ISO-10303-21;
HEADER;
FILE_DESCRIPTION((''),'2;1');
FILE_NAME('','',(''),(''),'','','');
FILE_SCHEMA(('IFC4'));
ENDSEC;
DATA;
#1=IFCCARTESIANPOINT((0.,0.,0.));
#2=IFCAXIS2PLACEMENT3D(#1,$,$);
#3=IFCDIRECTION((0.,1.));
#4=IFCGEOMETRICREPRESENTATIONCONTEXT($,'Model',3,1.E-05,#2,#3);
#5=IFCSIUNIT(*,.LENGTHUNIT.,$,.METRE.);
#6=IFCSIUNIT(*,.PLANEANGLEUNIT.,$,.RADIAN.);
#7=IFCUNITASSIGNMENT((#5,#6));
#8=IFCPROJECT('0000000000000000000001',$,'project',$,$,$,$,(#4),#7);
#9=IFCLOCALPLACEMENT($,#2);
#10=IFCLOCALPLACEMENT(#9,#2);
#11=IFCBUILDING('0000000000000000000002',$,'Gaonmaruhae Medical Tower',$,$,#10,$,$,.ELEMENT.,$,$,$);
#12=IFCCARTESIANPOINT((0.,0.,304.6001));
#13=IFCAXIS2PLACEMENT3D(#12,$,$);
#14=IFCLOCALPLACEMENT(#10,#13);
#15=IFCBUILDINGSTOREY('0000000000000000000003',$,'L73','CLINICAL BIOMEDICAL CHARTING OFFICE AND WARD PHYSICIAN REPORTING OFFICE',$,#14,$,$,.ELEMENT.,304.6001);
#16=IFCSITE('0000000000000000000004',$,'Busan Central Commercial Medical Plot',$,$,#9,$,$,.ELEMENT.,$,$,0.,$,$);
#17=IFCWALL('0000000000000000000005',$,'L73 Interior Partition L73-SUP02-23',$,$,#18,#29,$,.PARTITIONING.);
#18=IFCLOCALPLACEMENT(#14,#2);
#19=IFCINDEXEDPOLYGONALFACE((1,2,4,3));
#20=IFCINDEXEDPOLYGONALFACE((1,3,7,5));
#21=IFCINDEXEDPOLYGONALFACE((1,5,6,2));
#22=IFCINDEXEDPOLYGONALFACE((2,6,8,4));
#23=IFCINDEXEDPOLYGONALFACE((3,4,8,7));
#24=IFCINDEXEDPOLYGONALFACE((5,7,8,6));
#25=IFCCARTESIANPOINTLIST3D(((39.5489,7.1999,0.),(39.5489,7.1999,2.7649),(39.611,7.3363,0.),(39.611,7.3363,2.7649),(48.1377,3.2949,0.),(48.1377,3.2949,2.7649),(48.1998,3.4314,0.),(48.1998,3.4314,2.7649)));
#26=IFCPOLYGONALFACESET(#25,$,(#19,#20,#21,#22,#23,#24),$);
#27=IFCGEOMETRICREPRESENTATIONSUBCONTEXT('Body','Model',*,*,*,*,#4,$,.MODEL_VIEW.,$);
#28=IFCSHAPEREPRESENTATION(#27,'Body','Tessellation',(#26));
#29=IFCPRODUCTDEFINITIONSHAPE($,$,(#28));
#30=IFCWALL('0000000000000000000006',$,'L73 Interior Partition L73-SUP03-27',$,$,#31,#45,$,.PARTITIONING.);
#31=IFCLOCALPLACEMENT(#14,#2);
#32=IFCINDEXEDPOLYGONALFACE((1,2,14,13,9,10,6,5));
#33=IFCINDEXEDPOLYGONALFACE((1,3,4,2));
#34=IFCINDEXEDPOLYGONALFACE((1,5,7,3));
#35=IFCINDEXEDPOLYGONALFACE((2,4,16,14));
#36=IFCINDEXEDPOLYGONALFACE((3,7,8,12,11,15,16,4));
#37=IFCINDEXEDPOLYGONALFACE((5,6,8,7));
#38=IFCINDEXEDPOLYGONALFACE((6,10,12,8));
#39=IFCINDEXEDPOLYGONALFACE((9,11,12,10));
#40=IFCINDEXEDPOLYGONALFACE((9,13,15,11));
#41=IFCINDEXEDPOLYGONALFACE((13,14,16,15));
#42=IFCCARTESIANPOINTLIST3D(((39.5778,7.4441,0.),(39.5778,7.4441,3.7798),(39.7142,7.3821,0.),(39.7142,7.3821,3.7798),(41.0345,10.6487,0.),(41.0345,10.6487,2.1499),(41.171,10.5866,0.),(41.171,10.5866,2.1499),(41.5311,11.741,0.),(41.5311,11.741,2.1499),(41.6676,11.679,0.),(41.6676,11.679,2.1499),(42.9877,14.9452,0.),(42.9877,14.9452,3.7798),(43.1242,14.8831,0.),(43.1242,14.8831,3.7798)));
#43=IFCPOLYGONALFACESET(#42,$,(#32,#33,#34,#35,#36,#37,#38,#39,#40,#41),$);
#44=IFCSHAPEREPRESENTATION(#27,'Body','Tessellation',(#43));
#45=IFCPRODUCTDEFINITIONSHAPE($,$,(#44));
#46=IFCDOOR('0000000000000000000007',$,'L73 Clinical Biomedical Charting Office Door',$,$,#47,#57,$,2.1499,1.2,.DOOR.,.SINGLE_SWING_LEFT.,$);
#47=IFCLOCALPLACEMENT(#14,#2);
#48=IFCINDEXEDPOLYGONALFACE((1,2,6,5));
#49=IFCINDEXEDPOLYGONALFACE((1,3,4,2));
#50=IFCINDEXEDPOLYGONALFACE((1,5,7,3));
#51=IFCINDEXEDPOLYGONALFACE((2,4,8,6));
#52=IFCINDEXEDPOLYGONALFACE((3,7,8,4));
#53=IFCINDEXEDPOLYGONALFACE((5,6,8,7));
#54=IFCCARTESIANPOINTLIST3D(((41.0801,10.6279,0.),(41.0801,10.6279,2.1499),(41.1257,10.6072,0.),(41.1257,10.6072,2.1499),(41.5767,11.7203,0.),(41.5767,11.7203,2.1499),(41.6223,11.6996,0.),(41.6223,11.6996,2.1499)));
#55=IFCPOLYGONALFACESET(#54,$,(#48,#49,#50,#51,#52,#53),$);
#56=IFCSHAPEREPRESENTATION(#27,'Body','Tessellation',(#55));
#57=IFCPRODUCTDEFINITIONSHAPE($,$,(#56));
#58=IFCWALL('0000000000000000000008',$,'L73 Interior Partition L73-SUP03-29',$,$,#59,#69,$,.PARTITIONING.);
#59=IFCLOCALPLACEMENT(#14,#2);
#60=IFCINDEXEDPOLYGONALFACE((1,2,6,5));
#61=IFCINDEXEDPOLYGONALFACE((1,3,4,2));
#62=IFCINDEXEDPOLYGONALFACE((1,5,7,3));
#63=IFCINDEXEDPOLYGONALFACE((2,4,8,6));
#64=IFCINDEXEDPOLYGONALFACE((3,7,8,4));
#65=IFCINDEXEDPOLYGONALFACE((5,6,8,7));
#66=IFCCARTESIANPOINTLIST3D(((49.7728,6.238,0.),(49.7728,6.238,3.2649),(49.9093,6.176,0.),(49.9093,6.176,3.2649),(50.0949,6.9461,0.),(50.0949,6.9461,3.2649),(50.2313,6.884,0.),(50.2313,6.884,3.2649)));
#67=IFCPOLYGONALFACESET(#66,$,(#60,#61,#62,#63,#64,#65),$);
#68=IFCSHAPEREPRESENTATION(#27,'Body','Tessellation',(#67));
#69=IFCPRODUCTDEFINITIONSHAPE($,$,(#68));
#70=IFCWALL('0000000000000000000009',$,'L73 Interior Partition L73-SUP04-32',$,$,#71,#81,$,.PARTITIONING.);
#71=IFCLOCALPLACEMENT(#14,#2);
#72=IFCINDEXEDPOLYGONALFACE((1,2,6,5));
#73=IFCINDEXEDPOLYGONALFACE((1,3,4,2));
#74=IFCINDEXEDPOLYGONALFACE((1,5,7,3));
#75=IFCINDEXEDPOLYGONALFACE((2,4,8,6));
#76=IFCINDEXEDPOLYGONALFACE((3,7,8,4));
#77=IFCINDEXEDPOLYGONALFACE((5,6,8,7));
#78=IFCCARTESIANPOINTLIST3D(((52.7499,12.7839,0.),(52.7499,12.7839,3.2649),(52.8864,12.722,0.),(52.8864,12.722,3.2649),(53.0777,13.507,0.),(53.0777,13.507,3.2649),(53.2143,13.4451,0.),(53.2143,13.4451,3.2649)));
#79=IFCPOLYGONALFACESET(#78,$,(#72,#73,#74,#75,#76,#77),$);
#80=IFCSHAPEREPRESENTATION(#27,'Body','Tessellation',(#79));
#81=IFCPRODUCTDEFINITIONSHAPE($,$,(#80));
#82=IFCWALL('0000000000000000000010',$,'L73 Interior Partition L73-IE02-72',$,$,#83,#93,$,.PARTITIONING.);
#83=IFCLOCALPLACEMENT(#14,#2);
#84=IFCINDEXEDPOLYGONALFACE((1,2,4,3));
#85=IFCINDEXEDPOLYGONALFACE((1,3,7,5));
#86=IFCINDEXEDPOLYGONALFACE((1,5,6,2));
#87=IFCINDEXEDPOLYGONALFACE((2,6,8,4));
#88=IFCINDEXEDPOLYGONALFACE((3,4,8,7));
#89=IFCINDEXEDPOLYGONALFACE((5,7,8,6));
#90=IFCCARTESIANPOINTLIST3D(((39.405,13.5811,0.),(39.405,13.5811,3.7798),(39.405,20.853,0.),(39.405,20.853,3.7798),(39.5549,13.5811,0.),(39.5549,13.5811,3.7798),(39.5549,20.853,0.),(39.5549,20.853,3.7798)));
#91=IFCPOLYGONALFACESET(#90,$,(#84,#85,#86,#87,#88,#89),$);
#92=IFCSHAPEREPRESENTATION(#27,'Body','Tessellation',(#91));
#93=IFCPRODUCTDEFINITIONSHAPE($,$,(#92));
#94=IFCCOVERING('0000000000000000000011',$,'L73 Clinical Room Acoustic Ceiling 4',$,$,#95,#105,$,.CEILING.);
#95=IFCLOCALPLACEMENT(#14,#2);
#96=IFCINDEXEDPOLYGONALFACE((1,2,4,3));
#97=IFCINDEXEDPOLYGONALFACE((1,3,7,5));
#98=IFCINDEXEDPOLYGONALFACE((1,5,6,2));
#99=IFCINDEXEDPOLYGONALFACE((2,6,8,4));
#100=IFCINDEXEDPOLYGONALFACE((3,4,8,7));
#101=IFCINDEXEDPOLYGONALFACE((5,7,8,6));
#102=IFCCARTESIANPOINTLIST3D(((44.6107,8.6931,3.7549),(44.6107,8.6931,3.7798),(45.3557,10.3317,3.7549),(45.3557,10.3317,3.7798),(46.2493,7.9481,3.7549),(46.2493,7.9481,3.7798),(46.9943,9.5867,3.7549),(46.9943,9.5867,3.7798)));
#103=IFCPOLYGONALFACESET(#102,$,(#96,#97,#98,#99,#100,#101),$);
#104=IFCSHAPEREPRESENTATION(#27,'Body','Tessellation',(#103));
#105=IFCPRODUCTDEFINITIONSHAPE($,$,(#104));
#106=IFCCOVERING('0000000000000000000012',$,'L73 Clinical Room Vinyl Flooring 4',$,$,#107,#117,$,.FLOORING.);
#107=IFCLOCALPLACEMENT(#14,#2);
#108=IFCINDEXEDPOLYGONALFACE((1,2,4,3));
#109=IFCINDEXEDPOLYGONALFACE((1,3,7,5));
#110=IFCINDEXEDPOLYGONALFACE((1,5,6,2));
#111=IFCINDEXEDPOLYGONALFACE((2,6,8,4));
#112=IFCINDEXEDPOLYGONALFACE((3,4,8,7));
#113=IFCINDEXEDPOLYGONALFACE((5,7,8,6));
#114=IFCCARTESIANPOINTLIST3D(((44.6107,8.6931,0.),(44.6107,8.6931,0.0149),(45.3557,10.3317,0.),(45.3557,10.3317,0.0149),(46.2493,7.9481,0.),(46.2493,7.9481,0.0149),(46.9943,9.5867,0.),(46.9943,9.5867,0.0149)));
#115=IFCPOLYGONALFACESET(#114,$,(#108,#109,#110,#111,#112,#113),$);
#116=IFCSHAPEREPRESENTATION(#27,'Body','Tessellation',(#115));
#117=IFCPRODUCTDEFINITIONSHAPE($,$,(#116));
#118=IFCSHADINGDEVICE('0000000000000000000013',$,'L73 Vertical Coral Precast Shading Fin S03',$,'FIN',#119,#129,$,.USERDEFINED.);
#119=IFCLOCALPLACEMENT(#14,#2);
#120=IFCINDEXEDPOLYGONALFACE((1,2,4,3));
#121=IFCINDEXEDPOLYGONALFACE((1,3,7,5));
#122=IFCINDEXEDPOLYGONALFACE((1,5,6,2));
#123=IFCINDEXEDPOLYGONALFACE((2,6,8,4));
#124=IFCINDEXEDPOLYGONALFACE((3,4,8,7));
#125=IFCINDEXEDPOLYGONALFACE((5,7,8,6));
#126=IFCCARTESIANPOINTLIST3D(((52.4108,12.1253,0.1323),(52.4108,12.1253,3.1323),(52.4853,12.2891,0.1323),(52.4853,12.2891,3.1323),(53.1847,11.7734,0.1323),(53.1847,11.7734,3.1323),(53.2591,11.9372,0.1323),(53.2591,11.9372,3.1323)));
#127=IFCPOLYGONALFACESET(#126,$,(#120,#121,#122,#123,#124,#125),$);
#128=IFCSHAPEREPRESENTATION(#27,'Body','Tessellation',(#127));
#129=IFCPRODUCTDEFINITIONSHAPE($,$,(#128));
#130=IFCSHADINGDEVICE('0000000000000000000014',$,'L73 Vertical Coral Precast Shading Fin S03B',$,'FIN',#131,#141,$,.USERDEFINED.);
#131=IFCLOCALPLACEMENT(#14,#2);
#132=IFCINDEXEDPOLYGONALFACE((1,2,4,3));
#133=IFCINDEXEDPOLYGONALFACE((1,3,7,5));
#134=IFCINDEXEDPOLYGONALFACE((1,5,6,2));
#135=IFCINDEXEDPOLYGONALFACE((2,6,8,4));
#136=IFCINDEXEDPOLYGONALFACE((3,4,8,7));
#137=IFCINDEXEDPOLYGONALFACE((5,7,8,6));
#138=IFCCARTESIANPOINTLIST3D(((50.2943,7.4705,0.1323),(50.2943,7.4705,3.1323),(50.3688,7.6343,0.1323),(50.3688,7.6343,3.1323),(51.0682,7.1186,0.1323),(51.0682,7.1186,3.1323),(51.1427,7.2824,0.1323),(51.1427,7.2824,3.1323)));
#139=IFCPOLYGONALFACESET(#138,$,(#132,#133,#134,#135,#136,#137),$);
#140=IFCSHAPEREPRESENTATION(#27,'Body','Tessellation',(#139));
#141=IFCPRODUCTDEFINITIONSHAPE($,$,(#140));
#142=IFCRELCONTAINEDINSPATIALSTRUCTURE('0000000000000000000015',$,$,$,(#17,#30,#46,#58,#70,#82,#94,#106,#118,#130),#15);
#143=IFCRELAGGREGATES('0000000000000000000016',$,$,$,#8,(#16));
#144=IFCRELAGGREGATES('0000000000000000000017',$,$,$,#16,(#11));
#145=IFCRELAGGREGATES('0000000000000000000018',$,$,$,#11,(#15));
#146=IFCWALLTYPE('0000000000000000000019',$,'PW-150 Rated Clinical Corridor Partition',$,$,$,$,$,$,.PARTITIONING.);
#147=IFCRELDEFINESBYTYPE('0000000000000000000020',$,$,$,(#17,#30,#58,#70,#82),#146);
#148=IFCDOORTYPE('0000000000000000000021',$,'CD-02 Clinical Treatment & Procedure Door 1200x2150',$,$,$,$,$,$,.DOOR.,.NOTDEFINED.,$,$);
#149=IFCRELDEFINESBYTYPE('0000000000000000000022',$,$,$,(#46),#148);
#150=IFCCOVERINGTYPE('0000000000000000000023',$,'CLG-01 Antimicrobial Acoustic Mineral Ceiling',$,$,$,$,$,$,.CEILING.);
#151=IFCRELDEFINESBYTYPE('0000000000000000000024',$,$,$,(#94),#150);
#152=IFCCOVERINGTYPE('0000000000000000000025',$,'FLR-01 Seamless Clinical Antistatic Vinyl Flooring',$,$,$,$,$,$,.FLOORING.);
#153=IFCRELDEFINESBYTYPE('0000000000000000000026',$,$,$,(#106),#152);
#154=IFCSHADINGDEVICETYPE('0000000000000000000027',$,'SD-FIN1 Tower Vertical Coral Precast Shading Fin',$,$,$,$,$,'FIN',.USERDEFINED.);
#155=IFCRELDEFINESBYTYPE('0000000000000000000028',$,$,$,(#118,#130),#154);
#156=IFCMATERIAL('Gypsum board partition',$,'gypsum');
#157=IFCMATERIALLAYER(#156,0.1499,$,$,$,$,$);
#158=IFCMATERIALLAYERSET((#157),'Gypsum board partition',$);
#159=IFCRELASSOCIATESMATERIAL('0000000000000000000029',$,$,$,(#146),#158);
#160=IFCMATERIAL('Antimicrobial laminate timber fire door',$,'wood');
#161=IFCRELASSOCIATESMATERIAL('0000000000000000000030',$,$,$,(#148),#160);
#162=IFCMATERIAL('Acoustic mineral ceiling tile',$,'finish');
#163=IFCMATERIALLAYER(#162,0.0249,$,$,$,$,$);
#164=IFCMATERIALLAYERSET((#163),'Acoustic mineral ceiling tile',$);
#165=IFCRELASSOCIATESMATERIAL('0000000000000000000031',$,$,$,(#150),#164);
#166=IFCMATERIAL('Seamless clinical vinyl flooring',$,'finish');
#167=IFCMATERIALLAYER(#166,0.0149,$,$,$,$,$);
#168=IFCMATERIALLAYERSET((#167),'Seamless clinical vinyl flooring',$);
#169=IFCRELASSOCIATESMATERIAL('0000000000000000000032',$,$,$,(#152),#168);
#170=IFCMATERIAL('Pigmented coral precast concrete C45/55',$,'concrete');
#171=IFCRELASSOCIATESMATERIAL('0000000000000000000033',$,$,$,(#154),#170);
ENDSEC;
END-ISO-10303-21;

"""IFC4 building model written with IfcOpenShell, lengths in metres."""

from ifc_helpers import new_model, si_unit, direction, frame, frame_2d, origin, origin_2d, place, context, subcontext, project, spatial, rectangle, extrude, material, layer, layer_set, type_object, element, fill, save


model = new_model("IFC4")

# Units and contexts
model_context = context("Model", 3, precision=1e-05, world=origin(), true_north=direction((0.0, 1.0)))
body_context = subcontext(model_context, "Body", "Model", "MODEL_VIEW")
ifc_project = project(units=[si_unit("LENGTHUNIT", "METRE"), si_unit("PLANEANGLEUNIT", "RADIAN")], contexts=[model_context])

# Site, building, storey
site_placement = place(None, origin())
site = spatial("IfcSite", under=ifc_project, at=site_placement, Name="Busan Central Commercial Medical Plot", CompositionType="ELEMENT", RefElevation=0.0)
building_placement = place(site_placement, origin())
building = spatial("IfcBuilding", under=site, at=building_placement, Name="Gaonmaruhae Medical Tower", CompositionType="ELEMENT")
storey_placement = place(building_placement, frame((0.0, 0.0, 304.6001)))
storey = spatial("IfcBuildingStorey", under=building, at=storey_placement, Name="L73", Description="CLINICAL BIOMEDICAL CHARTING OFFICE AND WARD PHYSICIAN REPORTING OFFICE", CompositionType="ELEMENT", Elevation=304.6001)

# Wall
ifc_material_1 = material(Name="Gypsum board partition", Category="gypsum")
ifc_layer_1 = layer(ifc_material_1, 0.1499)
ifc_layer_set_1 = layer_set([ifc_layer_1], Name="Gypsum board partition")
wall_type_1 = type_object("IfcWallType", Name="PW-150 Rated Clinical Corridor Partition", PredefinedType="PARTITIONING", material=ifc_layer_set_1)
wall_1_placement = place(storey_placement, frame((39.5801, 7.2681, 0.0), z_axis=(0.0, 0.0, 1.0), x_axis=(0.910327, -0.413891, 0.0)))
element("IfcWall", 1, at=wall_1_placement, inside=storey, type_object=wall_type_1, Name="L73 Interior Partition L73-SUP02-23", PredefinedType="PARTITIONING", context=body_context, shape_type="SweptSolid", body=[
    extrude(rectangle(XDim=9.4348, YDim=0.1499, at=frame_2d((4.7173, 0.0))), origin(), (0.0, 0.0, 1.0), 2.7649),
])

# Wall, opening, door
wall_2_placement = place(storey_placement, frame((39.646, 7.4131, 0.0), z_axis=(0.0, 0.0, 1.0), x_axis=(0.413841, 0.910349, 0.0)))
wall_2 = element("IfcWall", 2, at=wall_2_placement, inside=storey, type_object=wall_type_1, Name="L73 Interior Partition L73-SUP03-27", PredefinedType="PARTITIONING", context=body_context, shape_type="SweptSolid", body=[
    extrude(rectangle(XDim=8.2397, YDim=0.1499, at=frame_2d((4.1199, 0.0))), origin(), (0.0, 0.0, 1.0), 3.7798),
])
opening_1_placement = place(wall_2_placement, frame((3.52, 0.0, 0.0)))
opening_1 = element("IfcOpeningElement", 3, at=opening_1_placement, cuts=wall_2, PredefinedType="OPENING", context=body_context, shape_type="SweptSolid", body=[
    extrude(rectangle(XDim=1.2, YDim=2.1499, at=frame_2d((0.6001, 1.075))), frame((0.0, 0.085, 0.0), z_axis=(0.0, -1.0, 0.0), x_axis=(1.0, 0.0, 0.0)), (0.0, 0.0, 1.0), 0.1699),
])
ifc_material_2 = material(Name="Antimicrobial laminate timber fire door", Category="wood")
door_type = type_object("IfcDoorType", Name="CD-02 Clinical Treatment & Procedure Door 1200x2150", OperationType="NOTDEFINED", PredefinedType="DOOR", material=ifc_material_2)
door_placement = place(opening_1_placement, origin())
door = element("IfcDoor", 4, at=door_placement, inside=storey, type_object=door_type, Name="L73 Clinical Biomedical Charting Office Door", OperationType="SINGLE_SWING_LEFT", OverallHeight=2.1499, OverallWidth=1.2, PredefinedType="DOOR", context=body_context, shape_type="SweptSolid", body=[
    extrude(rectangle(XDim=1.2, YDim=2.1499, at=frame_2d((0.6001, 1.075))), frame((0.0, 0.0249, 0.0), z_axis=(0.0, -1.0, 0.0), x_axis=(1.0, 0.0, 0.0)), (0.0, 0.0, 1.0), 0.05),
])
fill(opening_1, door)

# Walls
wall_3_placement = place(storey_placement, frame((50.1631, 6.915, 0.0), z_axis=(0.0, 0.0, 1.0), x_axis=(-0.414016, -0.91027, 0.0)))
element("IfcWall", 5, at=wall_3_placement, inside=storey, type_object=wall_type_1, Name="L73 Interior Partition L73-SUP03-29", PredefinedType="PARTITIONING", context=body_context, shape_type="SweptSolid", body=[
    extrude(rectangle(XDim=0.7778, YDim=0.1499, at=frame_2d((0.3889, 0.0))), origin(), (0.0, 0.0, 1.0), 3.2649),
])
wall_4_placement = place(storey_placement, frame((53.146, 13.4761, 0.0), z_axis=(0.0, 0.0, 1.0), x_axis=(-0.412946, -0.910756, 0.0)))
element("IfcWall", 6, at=wall_4_placement, inside=storey, type_object=wall_type_1, Name="L73 Interior Partition L73-SUP04-32", PredefinedType="PARTITIONING", context=body_context, shape_type="SweptSolid", body=[
    extrude(rectangle(XDim=0.7939, YDim=0.1499, at=frame_2d((0.397, 0.0))), origin(), (0.0, 0.0, 1.0), 3.2649),
])
wall_5_placement = place(storey_placement, frame((39.48, 13.5811, 0.0), z_axis=(0.0, 0.0, 1.0), x_axis=(0.0, 1.0, 0.0)))
element("IfcWall", 7, at=wall_5_placement, inside=storey, type_object=wall_type_1, Name="L73 Interior Partition L73-IE02-72", PredefinedType="PARTITIONING", context=body_context, shape_type="SweptSolid", body=[
    extrude(rectangle(XDim=7.272, YDim=0.1499, at=frame_2d((3.636, 0.0))), origin(), (0.0, 0.0, 1.0), 3.7798),
])

# Coverings
ifc_material_3 = material(Name="Acoustic mineral ceiling tile", Category="finish")
ifc_layer_2 = layer(ifc_material_3, 0.0249)
ifc_layer_set_2 = layer_set([ifc_layer_2], Name="Acoustic mineral ceiling tile")
covering_type_1 = type_object("IfcCoveringType", Name="CLG-01 Antimicrobial Acoustic Mineral Ceiling", PredefinedType="CEILING", material=ifc_layer_set_2)
covering_1_placement = place(storey_placement, frame((45.8025, 9.1399, 3.7549), z_axis=(0.0, 0.0, 1.0), x_axis=(0.413899, 0.910323, 0.0)))
element("IfcCovering", 8, at=covering_1_placement, inside=storey, type_object=covering_type_1, Name="L73 Clinical Room Acoustic Ceiling 4", PredefinedType="CEILING", context=body_context, shape_type="SweptSolid", body=[
    extrude(rectangle(XDim=1.8, YDim=1.8, at=origin_2d()), origin(), (0.0, 0.0, 1.0), 0.0249),
])
ifc_material_4 = material(Name="Seamless clinical vinyl flooring", Category="finish")
ifc_layer_3 = layer(ifc_material_4, 0.0149)
ifc_layer_set_3 = layer_set([ifc_layer_3], Name="Seamless clinical vinyl flooring")
covering_type_2 = type_object("IfcCoveringType", Name="FLR-01 Seamless Clinical Antistatic Vinyl Flooring", PredefinedType="FLOORING", material=ifc_layer_set_3)
covering_2_placement = place(storey_placement, frame((45.8025, 9.1399, 0.0), z_axis=(0.0, 0.0, 1.0), x_axis=(0.413899, 0.910323, 0.0)))
element("IfcCovering", 9, at=covering_2_placement, inside=storey, type_object=covering_type_2, Name="L73 Clinical Room Vinyl Flooring 4", PredefinedType="FLOORING", context=body_context, shape_type="SweptSolid", body=[
    extrude(rectangle(XDim=1.8, YDim=1.8, at=origin_2d()), origin(), (0.0, 0.0, 1.0), 0.0149),
])

# Shading devices
ifc_material_5 = material(Name="Pigmented coral precast concrete C45/55", Category="concrete")
shading_device_type = type_object("IfcShadingDeviceType", Name="SD-FIN1 Tower Vertical Coral Precast Shading Fin", ElementType="FIN", PredefinedType="USERDEFINED", material=ifc_material_5)
for number, where, z_axis, x_axis, name in (
    (10, (52.835, 12.0312, 0.1323), (0.0, 0.0, 1.0), (-0.413899, -0.910323, 0.0), "L73 Vertical Coral Precast Shading Fin S03"),
    (11, (50.7185, 7.3765, 0.1323), (0.0, 0.0, 1.0), (-0.413899, -0.910323, 0.0), "L73 Vertical Coral Precast Shading Fin S03B"),
):
    element("IfcShadingDevice", number, at=place(storey_placement, frame(where, z_axis=z_axis, x_axis=x_axis)), inside=storey, type_object=shading_device_type, Name=name, ObjectType="FIN", PredefinedType="USERDEFINED", context=body_context, shape_type="SweptSolid", body=[
        extrude(rectangle(XDim=0.1799, YDim=0.8501, at=origin_2d()), origin(), (0.0, 0.0, 1.0), 3.0),
    ])

save(model, "model.ifc")
